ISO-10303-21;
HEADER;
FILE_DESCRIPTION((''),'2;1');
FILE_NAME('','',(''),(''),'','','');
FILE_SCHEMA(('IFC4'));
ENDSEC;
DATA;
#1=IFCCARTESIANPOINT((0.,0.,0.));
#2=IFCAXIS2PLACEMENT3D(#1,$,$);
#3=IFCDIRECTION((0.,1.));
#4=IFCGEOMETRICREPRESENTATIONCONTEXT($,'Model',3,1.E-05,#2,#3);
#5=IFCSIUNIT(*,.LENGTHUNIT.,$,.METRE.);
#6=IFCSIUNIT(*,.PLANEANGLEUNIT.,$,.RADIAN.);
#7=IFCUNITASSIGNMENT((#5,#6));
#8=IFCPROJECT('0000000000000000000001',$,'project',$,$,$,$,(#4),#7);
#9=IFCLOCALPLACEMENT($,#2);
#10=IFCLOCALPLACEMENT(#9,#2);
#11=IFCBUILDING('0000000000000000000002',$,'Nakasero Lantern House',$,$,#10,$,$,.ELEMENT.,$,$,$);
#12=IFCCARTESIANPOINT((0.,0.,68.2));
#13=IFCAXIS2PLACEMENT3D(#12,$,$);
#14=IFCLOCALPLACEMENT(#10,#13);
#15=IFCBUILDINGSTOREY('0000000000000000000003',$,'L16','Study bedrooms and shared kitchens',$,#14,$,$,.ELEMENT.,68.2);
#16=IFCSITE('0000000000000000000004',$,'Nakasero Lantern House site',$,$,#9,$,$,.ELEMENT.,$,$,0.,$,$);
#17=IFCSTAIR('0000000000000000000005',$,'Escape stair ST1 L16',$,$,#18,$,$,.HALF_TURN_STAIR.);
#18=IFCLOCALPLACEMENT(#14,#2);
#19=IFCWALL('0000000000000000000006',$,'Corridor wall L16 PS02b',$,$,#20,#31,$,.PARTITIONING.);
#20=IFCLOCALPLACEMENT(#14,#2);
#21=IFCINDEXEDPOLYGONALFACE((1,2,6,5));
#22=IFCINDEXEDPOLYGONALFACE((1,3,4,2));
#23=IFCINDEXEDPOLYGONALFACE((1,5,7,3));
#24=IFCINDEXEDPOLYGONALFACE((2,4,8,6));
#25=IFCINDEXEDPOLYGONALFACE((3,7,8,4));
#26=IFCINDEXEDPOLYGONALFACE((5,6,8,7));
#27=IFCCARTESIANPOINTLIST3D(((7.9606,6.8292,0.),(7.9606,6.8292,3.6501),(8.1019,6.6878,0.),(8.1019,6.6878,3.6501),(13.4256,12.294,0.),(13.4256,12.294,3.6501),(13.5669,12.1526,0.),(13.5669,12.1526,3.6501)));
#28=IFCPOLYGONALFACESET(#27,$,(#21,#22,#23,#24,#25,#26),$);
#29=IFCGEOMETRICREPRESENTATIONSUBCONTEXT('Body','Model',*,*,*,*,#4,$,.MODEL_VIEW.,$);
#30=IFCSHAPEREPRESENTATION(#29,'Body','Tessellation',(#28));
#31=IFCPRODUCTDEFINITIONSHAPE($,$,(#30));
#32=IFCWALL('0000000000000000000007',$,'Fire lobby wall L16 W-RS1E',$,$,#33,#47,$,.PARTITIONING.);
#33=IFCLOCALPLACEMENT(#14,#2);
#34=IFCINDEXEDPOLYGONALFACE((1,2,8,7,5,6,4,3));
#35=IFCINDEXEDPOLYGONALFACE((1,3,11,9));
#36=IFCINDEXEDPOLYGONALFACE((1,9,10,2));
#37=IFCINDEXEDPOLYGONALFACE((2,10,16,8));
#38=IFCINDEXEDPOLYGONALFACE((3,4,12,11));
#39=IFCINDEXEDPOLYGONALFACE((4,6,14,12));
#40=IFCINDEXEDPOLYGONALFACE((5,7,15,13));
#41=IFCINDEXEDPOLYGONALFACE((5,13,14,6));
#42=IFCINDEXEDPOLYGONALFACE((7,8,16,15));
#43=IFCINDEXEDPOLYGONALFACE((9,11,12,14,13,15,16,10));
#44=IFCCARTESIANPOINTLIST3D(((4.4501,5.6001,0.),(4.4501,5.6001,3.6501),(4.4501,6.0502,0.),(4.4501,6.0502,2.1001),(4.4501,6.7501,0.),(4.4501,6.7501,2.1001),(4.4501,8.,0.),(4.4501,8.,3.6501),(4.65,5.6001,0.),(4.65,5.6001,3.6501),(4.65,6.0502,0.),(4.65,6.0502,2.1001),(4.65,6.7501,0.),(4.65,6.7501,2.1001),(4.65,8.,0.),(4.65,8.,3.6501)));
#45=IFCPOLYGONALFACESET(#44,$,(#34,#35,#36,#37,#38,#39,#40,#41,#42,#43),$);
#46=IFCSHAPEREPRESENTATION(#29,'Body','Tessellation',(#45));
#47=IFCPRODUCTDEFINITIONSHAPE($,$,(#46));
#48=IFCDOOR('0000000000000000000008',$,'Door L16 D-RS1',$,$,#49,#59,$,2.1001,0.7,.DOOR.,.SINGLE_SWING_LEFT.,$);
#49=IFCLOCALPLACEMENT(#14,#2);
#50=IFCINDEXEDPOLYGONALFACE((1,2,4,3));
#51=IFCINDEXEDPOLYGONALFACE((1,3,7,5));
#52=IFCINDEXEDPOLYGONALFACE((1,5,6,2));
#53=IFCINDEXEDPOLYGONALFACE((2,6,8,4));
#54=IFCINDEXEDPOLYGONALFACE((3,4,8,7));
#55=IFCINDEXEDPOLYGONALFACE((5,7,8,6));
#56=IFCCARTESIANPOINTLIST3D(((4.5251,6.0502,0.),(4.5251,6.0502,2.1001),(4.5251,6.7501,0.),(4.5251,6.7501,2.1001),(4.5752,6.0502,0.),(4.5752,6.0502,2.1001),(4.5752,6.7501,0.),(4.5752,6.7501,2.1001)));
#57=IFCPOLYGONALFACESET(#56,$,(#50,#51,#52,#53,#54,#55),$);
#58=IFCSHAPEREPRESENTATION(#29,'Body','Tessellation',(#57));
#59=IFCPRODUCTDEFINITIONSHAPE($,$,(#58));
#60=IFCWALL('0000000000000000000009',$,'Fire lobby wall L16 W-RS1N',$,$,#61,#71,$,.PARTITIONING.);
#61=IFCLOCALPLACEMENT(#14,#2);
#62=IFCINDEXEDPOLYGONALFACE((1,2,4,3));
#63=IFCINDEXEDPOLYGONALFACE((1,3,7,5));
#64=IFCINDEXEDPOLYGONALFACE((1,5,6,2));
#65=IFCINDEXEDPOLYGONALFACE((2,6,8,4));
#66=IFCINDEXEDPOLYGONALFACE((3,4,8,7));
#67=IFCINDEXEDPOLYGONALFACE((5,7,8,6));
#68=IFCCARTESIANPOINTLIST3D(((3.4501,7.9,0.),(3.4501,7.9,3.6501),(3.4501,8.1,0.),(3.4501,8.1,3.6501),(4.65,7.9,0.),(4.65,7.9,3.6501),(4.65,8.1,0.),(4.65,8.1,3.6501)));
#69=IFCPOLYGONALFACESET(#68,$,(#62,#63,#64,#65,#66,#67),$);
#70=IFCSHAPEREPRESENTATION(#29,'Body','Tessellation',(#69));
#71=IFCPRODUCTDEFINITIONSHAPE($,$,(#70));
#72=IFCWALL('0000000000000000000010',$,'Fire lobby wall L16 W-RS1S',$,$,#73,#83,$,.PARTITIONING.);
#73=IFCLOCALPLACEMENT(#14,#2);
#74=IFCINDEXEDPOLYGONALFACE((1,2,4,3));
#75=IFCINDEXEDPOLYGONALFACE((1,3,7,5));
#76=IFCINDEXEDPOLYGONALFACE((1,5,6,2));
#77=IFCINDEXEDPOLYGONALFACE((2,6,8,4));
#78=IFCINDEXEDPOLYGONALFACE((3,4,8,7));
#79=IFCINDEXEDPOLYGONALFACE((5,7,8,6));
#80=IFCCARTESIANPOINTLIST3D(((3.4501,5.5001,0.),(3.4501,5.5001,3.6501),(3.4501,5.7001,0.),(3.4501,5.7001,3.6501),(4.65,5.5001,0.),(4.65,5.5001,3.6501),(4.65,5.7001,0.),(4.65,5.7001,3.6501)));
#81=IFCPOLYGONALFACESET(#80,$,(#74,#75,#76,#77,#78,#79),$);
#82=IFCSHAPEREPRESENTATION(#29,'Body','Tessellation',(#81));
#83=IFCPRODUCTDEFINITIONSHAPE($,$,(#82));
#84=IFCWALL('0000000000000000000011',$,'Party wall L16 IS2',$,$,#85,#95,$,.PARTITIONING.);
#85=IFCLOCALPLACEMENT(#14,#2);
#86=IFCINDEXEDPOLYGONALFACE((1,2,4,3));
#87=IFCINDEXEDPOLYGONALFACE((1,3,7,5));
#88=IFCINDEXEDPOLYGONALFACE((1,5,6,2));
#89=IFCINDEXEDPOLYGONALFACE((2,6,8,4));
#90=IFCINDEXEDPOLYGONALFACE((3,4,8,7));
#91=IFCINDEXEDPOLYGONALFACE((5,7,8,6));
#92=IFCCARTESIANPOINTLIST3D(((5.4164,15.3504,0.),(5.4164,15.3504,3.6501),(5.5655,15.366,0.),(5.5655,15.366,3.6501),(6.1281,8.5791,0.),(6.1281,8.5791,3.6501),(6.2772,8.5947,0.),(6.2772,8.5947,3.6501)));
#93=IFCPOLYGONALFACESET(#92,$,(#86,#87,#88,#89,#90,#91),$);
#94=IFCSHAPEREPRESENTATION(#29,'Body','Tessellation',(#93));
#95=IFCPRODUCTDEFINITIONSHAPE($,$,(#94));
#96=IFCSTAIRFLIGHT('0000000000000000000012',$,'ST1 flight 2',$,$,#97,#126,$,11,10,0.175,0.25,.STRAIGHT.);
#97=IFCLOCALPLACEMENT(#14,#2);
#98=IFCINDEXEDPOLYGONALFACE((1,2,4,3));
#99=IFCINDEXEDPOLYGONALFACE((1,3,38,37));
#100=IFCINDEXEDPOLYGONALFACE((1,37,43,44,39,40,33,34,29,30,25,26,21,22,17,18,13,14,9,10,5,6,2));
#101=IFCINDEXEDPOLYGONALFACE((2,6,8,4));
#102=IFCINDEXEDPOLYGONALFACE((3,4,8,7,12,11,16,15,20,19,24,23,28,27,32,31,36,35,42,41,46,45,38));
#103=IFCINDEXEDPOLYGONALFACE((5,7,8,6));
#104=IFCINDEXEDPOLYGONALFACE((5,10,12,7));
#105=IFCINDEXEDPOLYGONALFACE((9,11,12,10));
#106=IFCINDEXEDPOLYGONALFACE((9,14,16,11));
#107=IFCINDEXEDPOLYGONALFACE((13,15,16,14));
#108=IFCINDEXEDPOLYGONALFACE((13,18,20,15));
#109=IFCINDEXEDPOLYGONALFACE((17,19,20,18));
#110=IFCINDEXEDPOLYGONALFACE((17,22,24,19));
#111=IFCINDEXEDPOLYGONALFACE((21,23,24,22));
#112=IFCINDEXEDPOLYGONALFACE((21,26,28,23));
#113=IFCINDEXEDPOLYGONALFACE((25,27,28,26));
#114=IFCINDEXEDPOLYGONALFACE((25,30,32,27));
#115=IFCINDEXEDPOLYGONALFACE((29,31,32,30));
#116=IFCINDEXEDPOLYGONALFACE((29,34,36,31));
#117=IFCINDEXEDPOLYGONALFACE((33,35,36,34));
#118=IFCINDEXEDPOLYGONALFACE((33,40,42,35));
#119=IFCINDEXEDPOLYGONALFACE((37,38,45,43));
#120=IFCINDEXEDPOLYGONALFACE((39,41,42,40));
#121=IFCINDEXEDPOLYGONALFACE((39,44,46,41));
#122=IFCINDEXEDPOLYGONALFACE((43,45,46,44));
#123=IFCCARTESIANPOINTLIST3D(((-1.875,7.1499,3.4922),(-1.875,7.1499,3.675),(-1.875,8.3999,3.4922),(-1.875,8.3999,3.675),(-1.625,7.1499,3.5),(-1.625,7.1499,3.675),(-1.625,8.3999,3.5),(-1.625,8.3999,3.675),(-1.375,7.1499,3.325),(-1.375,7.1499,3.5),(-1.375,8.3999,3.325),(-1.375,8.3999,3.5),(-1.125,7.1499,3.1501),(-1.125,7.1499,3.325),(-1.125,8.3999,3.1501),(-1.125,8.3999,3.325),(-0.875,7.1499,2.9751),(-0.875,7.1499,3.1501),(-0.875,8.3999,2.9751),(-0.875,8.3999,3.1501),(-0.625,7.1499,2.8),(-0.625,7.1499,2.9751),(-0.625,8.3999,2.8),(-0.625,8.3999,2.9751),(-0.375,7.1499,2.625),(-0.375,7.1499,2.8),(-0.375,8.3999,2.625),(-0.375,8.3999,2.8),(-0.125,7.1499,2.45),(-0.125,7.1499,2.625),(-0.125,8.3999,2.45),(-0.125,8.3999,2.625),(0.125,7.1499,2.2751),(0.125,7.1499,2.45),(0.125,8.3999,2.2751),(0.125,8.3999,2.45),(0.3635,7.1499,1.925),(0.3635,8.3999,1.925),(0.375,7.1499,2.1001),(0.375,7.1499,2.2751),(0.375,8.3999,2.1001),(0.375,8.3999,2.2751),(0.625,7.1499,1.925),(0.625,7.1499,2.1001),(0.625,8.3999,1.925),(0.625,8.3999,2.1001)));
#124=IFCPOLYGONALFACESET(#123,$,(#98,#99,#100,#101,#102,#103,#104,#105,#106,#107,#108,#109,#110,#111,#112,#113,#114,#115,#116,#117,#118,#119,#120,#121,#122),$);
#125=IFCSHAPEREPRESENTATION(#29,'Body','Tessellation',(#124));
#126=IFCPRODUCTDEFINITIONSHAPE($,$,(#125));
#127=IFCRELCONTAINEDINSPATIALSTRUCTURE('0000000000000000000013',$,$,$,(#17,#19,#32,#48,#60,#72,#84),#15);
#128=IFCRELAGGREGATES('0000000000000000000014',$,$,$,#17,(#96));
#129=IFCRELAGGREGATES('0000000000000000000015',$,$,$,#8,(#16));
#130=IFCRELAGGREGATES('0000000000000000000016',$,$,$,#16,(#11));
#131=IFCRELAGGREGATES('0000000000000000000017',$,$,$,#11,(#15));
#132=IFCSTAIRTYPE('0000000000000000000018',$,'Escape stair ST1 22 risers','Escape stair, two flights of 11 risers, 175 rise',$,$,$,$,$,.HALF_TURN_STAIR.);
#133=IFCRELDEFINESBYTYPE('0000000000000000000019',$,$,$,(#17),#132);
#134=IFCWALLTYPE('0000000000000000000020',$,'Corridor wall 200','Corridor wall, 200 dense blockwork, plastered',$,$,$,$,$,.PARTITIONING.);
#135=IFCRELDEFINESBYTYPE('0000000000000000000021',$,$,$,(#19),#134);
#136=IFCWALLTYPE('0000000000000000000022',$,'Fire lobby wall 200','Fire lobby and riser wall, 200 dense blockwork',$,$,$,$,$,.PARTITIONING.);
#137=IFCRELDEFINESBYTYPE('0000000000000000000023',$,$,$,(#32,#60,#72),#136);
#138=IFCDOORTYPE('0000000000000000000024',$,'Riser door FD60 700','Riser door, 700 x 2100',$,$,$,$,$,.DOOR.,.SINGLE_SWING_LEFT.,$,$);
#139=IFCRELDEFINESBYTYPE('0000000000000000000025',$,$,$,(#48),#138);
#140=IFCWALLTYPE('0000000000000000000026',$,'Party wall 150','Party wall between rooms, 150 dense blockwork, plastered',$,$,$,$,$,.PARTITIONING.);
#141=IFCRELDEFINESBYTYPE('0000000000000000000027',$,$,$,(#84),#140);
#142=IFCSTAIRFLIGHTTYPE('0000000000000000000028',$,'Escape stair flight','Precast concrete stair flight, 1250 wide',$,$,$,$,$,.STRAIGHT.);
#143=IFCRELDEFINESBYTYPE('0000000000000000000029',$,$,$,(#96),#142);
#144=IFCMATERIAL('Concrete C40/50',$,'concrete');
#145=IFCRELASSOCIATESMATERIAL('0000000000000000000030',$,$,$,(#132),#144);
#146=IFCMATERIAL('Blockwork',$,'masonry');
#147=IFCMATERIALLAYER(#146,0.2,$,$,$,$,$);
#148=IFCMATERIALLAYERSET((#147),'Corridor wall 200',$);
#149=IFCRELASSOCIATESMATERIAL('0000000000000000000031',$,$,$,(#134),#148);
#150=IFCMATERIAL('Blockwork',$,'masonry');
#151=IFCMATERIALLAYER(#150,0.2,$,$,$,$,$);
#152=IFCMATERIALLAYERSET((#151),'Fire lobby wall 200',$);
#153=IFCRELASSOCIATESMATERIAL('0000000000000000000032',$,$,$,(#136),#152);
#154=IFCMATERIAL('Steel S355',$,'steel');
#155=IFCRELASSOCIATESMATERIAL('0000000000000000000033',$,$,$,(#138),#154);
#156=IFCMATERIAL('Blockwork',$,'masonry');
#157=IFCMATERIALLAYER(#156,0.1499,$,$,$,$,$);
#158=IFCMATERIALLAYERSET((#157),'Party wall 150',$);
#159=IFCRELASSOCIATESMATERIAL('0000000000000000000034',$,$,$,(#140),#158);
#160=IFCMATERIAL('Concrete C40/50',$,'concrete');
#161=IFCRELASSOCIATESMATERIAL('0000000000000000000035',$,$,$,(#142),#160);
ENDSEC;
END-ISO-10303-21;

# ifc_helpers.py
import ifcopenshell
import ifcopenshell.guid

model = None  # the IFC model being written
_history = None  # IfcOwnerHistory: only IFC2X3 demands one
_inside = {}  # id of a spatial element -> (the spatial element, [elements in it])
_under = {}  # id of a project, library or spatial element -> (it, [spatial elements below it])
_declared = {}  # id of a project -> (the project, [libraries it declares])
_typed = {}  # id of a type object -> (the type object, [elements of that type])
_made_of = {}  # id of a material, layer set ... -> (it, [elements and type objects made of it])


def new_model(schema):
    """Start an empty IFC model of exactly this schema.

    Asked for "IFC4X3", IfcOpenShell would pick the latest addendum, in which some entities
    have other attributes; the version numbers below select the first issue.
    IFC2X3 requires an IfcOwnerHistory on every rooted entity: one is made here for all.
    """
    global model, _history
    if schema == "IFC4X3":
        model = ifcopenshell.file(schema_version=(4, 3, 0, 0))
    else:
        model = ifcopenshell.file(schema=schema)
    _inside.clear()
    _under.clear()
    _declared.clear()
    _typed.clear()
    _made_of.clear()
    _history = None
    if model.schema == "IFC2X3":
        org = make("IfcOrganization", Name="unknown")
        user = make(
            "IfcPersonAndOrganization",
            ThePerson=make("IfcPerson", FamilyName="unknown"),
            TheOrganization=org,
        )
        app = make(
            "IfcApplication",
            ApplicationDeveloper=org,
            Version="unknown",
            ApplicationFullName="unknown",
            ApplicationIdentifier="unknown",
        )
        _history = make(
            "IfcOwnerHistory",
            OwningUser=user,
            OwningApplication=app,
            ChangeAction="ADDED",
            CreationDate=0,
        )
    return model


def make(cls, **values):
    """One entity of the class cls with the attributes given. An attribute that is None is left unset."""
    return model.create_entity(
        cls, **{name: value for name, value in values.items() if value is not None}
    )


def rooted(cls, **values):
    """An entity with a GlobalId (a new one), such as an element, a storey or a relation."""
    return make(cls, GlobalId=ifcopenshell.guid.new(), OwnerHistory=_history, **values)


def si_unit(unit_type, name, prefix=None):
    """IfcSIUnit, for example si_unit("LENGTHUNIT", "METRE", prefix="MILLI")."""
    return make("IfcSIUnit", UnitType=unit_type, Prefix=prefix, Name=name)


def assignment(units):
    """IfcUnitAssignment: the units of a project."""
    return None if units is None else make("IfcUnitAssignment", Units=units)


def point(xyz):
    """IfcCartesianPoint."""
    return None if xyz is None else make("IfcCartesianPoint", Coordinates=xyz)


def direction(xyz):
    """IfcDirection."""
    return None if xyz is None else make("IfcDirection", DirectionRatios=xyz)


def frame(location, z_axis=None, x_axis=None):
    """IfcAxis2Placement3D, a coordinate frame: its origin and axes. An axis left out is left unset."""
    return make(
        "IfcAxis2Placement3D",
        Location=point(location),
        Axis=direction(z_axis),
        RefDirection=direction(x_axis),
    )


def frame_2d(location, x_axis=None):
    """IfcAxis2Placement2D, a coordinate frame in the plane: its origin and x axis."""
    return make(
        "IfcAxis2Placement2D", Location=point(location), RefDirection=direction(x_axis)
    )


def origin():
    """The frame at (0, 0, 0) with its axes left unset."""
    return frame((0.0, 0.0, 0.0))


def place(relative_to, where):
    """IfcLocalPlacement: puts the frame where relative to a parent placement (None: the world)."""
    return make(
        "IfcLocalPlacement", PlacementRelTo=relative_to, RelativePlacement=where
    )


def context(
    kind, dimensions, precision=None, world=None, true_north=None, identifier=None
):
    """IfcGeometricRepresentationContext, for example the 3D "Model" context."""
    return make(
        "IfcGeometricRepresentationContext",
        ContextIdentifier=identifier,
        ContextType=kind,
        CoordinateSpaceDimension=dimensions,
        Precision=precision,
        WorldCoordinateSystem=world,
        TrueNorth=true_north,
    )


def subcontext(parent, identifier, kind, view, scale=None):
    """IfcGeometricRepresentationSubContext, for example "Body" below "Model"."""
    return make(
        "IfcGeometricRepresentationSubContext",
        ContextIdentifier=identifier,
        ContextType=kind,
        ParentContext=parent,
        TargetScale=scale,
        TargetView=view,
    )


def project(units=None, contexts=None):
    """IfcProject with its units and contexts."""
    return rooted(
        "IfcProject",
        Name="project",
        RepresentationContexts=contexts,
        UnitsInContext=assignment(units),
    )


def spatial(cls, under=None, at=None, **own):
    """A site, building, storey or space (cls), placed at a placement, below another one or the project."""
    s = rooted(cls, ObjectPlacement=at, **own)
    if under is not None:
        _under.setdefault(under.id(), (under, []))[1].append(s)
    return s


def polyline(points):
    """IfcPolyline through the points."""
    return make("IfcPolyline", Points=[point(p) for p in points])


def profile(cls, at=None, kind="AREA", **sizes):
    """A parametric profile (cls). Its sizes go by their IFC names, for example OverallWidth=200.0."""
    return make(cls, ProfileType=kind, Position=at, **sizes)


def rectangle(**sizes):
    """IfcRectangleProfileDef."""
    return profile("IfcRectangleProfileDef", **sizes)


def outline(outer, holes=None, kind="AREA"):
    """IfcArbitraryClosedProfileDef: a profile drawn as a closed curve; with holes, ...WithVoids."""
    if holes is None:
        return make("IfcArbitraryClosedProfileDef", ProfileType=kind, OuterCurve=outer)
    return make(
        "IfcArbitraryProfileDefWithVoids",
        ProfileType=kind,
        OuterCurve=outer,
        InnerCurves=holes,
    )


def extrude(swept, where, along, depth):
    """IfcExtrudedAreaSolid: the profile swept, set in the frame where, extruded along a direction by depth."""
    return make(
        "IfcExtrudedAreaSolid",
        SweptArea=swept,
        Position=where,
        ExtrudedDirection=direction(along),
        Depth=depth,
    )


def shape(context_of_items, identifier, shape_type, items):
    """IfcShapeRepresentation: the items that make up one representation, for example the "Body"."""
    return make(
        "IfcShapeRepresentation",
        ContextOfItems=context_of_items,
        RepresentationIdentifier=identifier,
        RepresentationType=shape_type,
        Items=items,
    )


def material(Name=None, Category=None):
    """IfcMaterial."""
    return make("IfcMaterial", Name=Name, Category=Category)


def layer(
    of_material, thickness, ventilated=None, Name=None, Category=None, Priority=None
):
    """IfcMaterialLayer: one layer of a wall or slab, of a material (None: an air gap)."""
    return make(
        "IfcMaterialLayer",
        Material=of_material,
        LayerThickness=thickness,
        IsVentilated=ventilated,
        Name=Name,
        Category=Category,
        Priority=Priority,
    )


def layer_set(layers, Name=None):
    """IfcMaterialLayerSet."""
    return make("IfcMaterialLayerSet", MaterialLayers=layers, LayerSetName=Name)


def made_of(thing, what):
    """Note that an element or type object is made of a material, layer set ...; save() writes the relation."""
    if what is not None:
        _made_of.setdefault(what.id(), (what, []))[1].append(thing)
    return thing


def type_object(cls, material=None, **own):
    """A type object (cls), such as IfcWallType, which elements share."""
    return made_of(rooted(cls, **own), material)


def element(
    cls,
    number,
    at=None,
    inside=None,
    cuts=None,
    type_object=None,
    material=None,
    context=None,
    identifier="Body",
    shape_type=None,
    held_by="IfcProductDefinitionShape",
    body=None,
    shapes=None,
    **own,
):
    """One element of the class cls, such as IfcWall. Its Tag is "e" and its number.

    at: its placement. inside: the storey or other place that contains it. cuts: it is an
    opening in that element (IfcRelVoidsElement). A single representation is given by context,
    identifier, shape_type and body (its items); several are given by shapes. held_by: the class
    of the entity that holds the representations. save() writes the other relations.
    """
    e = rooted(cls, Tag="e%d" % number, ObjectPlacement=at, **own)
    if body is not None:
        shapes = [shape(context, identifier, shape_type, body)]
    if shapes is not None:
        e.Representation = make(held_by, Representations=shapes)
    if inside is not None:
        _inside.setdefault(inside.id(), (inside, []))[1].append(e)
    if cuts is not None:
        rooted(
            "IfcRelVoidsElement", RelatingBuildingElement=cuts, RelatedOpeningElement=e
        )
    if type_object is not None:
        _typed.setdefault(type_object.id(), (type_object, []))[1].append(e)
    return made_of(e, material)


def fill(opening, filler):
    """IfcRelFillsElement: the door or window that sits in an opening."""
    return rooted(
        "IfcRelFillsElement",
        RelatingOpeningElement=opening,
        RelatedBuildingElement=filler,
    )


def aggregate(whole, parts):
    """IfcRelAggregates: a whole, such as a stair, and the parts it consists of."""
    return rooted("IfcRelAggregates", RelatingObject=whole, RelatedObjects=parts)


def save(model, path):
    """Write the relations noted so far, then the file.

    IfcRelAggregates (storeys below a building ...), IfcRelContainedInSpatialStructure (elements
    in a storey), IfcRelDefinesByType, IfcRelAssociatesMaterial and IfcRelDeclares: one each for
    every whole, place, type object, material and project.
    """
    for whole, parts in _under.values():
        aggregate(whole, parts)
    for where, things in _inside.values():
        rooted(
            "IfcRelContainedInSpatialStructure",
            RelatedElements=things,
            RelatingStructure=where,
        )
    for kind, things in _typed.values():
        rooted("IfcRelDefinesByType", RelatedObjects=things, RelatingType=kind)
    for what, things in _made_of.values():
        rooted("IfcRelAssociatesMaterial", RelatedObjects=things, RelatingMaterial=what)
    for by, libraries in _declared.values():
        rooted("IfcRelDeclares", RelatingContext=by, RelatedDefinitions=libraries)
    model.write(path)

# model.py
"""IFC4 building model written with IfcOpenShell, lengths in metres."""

from ifc_helpers import new_model, si_unit, direction, frame, frame_2d, origin, place, context, subcontext, project, spatial, polyline, rectangle, outline, extrude, material, layer, layer_set, type_object, element, fill, aggregate, save


model = new_model("IFC4")

# Units and contexts
model_context = context("Model", 3, precision=1e-05, world=origin(), true_north=direction((0.0, 1.0)))
body_context = subcontext(model_context, "Body", "Model", "MODEL_VIEW")
ifc_project = project(units=[si_unit("LENGTHUNIT", "METRE"), si_unit("PLANEANGLEUNIT", "RADIAN")], contexts=[model_context])

# Site, building, storey
site_placement = place(None, origin())
site = spatial("IfcSite", under=ifc_project, at=site_placement, Name="Nakasero Lantern House site", CompositionType="ELEMENT", RefElevation=0.0)
building_placement = place(site_placement, origin())
building = spatial("IfcBuilding", under=site, at=building_placement, Name="Nakasero Lantern House", CompositionType="ELEMENT")
storey_placement = place(building_placement, frame((0.0, 0.0, 68.2)))
storey = spatial("IfcBuildingStorey", under=building, at=storey_placement, Name="L16", Description="Study bedrooms and shared kitchens", CompositionType="ELEMENT", Elevation=68.2)

# Stair
ifc_material_1 = material(Name="Concrete C40/50", Category="concrete")
stair_type_1 = type_object("IfcStairType", Name="Escape stair ST1 22 risers", Description="Escape stair, two flights of 11 risers, 175 rise", PredefinedType="HALF_TURN_STAIR", material=ifc_material_1)
stair_1_placement = place(storey_placement, origin())
stair_1 = element("IfcStair", 1, at=stair_1_placement, inside=storey, type_object=stair_type_1, Name="Escape stair ST1 L16", PredefinedType="HALF_TURN_STAIR")

# Wall
ifc_material_2 = material(Name="Blockwork", Category="masonry")
ifc_layer_1 = layer(ifc_material_2, 0.2)
ifc_layer_set_1 = layer_set([ifc_layer_1], Name="Corridor wall 200")
wall_type_1 = type_object("IfcWallType", Name="Corridor wall 200", Description="Corridor wall, 200 dense blockwork, plastered", PredefinedType="PARTITIONING", material=ifc_layer_set_1)
wall_1_placement = place(storey_placement, frame((8.0312, 6.7585, 0.0), z_axis=(0.0, 0.0, 1.0), x_axis=(0.707123, 0.707091, 0.0)))
element("IfcWall", 2, at=wall_1_placement, inside=storey, type_object=wall_type_1, Name="Corridor wall L16 PS02b", PredefinedType="PARTITIONING", context=body_context, shape_type="SweptSolid", body=[
    extrude(rectangle(XDim=7.7285, YDim=0.2, at=frame_2d((3.8643, 0.0))), origin(), (0.0, 0.0, 1.0), 3.6501),
])

# Wall, opening, door
ifc_material_3 = material(Name="Blockwork", Category="masonry")
ifc_layer_2 = layer(ifc_material_3, 0.2)
ifc_layer_set_2 = layer_set([ifc_layer_2], Name="Fire lobby wall 200")
wall_type_2 = type_object("IfcWallType", Name="Fire lobby wall 200", Description="Fire lobby and riser wall, 200 dense blockwork", PredefinedType="PARTITIONING", material=ifc_layer_set_2)
wall_2_placement = place(storey_placement, frame((4.55, 5.6001, 0.0), z_axis=(0.0, 0.0, 1.0), x_axis=(0.0, 1.0, 0.0)))
wall_2 = element("IfcWall", 3, at=wall_2_placement, inside=storey, type_object=wall_type_2, Name="Fire lobby wall L16 W-RS1E", PredefinedType="PARTITIONING", context=body_context, shape_type="SweptSolid", body=[
    extrude(rectangle(XDim=2.3999, YDim=0.2, at=frame_2d((1.2, 0.0))), origin(), (0.0, 0.0, 1.0), 3.6501),
])
opening_1_placement = place(wall_2_placement, frame((0.45, 0.0, 0.0)))
opening_1 = element("IfcOpeningElement", 4, at=opening_1_placement, cuts=wall_2, PredefinedType="OPENING", context=body_context, shape_type="SweptSolid", body=[
    extrude(rectangle(XDim=0.7, YDim=2.1001, at=frame_2d((0.3501, 1.05))), frame((0.0, 0.1199, 0.0), z_axis=(0.0, -1.0, 0.0), x_axis=(1.0, 0.0, 0.0)), (0.0, 0.0, 1.0), 0.24),
])
ifc_material_4 = material(Name="Steel S355", Category="steel")
door_type_1 = type_object("IfcDoorType", Name="Riser door FD60 700", Description="Riser door, 700 x 2100", OperationType="SINGLE_SWING_LEFT", PredefinedType="DOOR", material=ifc_material_4)
door_1_placement = place(opening_1_placement, origin())
door_1 = element("IfcDoor", 5, at=door_1_placement, inside=storey, type_object=door_type_1, Name="Door L16 D-RS1", OperationType="SINGLE_SWING_LEFT", OverallHeight=2.1001, OverallWidth=0.7, PredefinedType="DOOR", context=body_context, shape_type="SweptSolid", body=[
    extrude(rectangle(XDim=0.7, YDim=2.1001, at=frame_2d((0.3501, 1.05))), frame((0.0, 0.0249, 0.0), z_axis=(0.0, -1.0, 0.0), x_axis=(1.0, 0.0, 0.0)), (0.0, 0.0, 1.0), 0.05),
])
fill(opening_1, door_1)

# Walls
for number, where, z_axis, x_axis, name in (
    (6, (3.45, 8.0, 0.0), (0.0, 0.0, 1.0), (1.0, 0.0, 0.0), "Fire lobby wall L16 W-RS1N"),
    (7, (3.45, 5.6001, 0.0), (0.0, 0.0, 1.0), (1.0, 0.0, 0.0), "Fire lobby wall L16 W-RS1S"),
):
    element("IfcWall", number, at=place(storey_placement, frame(where, z_axis=z_axis, x_axis=x_axis)), inside=storey, type_object=wall_type_2, Name=name, PredefinedType="PARTITIONING", context=body_context, shape_type="SweptSolid", body=[
        extrude(rectangle(XDim=1.2, YDim=0.2, at=frame_2d((0.6001, 0.0))), origin(), (0.0, 0.0, 1.0), 3.6501),
    ])
ifc_material_5 = material(Name="Blockwork", Category="masonry")
ifc_layer_3 = layer(ifc_material_5, 0.1499)
ifc_layer_set_3 = layer_set([ifc_layer_3], Name="Party wall 150")
wall_type_3 = type_object("IfcWallType", Name="Party wall 150", Description="Party wall between rooms, 150 dense blockwork, plastered", PredefinedType="PARTITIONING", material=ifc_layer_set_3)
wall_3_placement = place(storey_placement, frame((6.2026, 8.5869, 0.0), z_axis=(0.0, 0.0, 1.0), x_axis=(-0.104526, 0.994522, 0.0)))
element("IfcWall", 8, at=wall_3_placement, inside=storey, type_object=wall_type_3, Name="Party wall L16 IS2", PredefinedType="PARTITIONING", context=body_context, shape_type="SweptSolid", body=[
    extrude(rectangle(XDim=6.8086, YDim=0.1499, at=frame_2d((3.4043, 0.0))), origin(), (0.0, 0.0, 1.0), 3.6501),
])

# Stair flight
ifc_material_6 = material(Name="Concrete C40/50", Category="concrete")
stair_flight_type = type_object("IfcStairFlightType", Name="Escape stair flight", Description="Precast concrete stair flight, 1250 wide", PredefinedType="STRAIGHT", material=ifc_material_6)
stair_flight_placement = place(storey_placement, frame((0.625, 7.7749, 1.925), z_axis=(0.0, 0.0, 1.0), x_axis=(-1.0, 0.0, 0.0)))
stair_flight = element("IfcStairFlight", 9, at=stair_flight_placement, type_object=stair_flight_type, Name="ST1 flight 2", NumberOfRisers=11, NumberOfTreads=10, PredefinedType="STRAIGHT", RiserHeight=0.175, TreadLength=0.25, context=body_context, shape_type="SweptSolid", body=[
    extrude(outline(polyline([(0.0, 0.0), (0.0, 0.175), (0.25, 0.175), (0.25, 0.3501), (0.5, 0.3501), (0.5, 0.5249), (0.75, 0.5249), (0.75, 0.7), (1.0, 0.7), (1.0, 0.875), (1.25, 0.875), (1.25, 1.05), (1.5, 1.05), (1.5, 1.2251), (1.75, 1.2251), (1.75, 1.3999), (2.0, 1.3999), (2.0, 1.575), (2.25, 1.575), (2.25, 1.75), (2.5, 1.75), (2.5, 1.925), (2.5, 1.5671), (0.2615, 0.0), (0.0, 0.0)])), frame((0.0, 0.625, 0.0), z_axis=(0.0, -1.0, 0.0), x_axis=(1.0, 0.0, 0.0)), (0.0, 0.0, 1.0), 1.25),
])
aggregate(stair_1, [stair_flight])

save(model, "model.ifc")
